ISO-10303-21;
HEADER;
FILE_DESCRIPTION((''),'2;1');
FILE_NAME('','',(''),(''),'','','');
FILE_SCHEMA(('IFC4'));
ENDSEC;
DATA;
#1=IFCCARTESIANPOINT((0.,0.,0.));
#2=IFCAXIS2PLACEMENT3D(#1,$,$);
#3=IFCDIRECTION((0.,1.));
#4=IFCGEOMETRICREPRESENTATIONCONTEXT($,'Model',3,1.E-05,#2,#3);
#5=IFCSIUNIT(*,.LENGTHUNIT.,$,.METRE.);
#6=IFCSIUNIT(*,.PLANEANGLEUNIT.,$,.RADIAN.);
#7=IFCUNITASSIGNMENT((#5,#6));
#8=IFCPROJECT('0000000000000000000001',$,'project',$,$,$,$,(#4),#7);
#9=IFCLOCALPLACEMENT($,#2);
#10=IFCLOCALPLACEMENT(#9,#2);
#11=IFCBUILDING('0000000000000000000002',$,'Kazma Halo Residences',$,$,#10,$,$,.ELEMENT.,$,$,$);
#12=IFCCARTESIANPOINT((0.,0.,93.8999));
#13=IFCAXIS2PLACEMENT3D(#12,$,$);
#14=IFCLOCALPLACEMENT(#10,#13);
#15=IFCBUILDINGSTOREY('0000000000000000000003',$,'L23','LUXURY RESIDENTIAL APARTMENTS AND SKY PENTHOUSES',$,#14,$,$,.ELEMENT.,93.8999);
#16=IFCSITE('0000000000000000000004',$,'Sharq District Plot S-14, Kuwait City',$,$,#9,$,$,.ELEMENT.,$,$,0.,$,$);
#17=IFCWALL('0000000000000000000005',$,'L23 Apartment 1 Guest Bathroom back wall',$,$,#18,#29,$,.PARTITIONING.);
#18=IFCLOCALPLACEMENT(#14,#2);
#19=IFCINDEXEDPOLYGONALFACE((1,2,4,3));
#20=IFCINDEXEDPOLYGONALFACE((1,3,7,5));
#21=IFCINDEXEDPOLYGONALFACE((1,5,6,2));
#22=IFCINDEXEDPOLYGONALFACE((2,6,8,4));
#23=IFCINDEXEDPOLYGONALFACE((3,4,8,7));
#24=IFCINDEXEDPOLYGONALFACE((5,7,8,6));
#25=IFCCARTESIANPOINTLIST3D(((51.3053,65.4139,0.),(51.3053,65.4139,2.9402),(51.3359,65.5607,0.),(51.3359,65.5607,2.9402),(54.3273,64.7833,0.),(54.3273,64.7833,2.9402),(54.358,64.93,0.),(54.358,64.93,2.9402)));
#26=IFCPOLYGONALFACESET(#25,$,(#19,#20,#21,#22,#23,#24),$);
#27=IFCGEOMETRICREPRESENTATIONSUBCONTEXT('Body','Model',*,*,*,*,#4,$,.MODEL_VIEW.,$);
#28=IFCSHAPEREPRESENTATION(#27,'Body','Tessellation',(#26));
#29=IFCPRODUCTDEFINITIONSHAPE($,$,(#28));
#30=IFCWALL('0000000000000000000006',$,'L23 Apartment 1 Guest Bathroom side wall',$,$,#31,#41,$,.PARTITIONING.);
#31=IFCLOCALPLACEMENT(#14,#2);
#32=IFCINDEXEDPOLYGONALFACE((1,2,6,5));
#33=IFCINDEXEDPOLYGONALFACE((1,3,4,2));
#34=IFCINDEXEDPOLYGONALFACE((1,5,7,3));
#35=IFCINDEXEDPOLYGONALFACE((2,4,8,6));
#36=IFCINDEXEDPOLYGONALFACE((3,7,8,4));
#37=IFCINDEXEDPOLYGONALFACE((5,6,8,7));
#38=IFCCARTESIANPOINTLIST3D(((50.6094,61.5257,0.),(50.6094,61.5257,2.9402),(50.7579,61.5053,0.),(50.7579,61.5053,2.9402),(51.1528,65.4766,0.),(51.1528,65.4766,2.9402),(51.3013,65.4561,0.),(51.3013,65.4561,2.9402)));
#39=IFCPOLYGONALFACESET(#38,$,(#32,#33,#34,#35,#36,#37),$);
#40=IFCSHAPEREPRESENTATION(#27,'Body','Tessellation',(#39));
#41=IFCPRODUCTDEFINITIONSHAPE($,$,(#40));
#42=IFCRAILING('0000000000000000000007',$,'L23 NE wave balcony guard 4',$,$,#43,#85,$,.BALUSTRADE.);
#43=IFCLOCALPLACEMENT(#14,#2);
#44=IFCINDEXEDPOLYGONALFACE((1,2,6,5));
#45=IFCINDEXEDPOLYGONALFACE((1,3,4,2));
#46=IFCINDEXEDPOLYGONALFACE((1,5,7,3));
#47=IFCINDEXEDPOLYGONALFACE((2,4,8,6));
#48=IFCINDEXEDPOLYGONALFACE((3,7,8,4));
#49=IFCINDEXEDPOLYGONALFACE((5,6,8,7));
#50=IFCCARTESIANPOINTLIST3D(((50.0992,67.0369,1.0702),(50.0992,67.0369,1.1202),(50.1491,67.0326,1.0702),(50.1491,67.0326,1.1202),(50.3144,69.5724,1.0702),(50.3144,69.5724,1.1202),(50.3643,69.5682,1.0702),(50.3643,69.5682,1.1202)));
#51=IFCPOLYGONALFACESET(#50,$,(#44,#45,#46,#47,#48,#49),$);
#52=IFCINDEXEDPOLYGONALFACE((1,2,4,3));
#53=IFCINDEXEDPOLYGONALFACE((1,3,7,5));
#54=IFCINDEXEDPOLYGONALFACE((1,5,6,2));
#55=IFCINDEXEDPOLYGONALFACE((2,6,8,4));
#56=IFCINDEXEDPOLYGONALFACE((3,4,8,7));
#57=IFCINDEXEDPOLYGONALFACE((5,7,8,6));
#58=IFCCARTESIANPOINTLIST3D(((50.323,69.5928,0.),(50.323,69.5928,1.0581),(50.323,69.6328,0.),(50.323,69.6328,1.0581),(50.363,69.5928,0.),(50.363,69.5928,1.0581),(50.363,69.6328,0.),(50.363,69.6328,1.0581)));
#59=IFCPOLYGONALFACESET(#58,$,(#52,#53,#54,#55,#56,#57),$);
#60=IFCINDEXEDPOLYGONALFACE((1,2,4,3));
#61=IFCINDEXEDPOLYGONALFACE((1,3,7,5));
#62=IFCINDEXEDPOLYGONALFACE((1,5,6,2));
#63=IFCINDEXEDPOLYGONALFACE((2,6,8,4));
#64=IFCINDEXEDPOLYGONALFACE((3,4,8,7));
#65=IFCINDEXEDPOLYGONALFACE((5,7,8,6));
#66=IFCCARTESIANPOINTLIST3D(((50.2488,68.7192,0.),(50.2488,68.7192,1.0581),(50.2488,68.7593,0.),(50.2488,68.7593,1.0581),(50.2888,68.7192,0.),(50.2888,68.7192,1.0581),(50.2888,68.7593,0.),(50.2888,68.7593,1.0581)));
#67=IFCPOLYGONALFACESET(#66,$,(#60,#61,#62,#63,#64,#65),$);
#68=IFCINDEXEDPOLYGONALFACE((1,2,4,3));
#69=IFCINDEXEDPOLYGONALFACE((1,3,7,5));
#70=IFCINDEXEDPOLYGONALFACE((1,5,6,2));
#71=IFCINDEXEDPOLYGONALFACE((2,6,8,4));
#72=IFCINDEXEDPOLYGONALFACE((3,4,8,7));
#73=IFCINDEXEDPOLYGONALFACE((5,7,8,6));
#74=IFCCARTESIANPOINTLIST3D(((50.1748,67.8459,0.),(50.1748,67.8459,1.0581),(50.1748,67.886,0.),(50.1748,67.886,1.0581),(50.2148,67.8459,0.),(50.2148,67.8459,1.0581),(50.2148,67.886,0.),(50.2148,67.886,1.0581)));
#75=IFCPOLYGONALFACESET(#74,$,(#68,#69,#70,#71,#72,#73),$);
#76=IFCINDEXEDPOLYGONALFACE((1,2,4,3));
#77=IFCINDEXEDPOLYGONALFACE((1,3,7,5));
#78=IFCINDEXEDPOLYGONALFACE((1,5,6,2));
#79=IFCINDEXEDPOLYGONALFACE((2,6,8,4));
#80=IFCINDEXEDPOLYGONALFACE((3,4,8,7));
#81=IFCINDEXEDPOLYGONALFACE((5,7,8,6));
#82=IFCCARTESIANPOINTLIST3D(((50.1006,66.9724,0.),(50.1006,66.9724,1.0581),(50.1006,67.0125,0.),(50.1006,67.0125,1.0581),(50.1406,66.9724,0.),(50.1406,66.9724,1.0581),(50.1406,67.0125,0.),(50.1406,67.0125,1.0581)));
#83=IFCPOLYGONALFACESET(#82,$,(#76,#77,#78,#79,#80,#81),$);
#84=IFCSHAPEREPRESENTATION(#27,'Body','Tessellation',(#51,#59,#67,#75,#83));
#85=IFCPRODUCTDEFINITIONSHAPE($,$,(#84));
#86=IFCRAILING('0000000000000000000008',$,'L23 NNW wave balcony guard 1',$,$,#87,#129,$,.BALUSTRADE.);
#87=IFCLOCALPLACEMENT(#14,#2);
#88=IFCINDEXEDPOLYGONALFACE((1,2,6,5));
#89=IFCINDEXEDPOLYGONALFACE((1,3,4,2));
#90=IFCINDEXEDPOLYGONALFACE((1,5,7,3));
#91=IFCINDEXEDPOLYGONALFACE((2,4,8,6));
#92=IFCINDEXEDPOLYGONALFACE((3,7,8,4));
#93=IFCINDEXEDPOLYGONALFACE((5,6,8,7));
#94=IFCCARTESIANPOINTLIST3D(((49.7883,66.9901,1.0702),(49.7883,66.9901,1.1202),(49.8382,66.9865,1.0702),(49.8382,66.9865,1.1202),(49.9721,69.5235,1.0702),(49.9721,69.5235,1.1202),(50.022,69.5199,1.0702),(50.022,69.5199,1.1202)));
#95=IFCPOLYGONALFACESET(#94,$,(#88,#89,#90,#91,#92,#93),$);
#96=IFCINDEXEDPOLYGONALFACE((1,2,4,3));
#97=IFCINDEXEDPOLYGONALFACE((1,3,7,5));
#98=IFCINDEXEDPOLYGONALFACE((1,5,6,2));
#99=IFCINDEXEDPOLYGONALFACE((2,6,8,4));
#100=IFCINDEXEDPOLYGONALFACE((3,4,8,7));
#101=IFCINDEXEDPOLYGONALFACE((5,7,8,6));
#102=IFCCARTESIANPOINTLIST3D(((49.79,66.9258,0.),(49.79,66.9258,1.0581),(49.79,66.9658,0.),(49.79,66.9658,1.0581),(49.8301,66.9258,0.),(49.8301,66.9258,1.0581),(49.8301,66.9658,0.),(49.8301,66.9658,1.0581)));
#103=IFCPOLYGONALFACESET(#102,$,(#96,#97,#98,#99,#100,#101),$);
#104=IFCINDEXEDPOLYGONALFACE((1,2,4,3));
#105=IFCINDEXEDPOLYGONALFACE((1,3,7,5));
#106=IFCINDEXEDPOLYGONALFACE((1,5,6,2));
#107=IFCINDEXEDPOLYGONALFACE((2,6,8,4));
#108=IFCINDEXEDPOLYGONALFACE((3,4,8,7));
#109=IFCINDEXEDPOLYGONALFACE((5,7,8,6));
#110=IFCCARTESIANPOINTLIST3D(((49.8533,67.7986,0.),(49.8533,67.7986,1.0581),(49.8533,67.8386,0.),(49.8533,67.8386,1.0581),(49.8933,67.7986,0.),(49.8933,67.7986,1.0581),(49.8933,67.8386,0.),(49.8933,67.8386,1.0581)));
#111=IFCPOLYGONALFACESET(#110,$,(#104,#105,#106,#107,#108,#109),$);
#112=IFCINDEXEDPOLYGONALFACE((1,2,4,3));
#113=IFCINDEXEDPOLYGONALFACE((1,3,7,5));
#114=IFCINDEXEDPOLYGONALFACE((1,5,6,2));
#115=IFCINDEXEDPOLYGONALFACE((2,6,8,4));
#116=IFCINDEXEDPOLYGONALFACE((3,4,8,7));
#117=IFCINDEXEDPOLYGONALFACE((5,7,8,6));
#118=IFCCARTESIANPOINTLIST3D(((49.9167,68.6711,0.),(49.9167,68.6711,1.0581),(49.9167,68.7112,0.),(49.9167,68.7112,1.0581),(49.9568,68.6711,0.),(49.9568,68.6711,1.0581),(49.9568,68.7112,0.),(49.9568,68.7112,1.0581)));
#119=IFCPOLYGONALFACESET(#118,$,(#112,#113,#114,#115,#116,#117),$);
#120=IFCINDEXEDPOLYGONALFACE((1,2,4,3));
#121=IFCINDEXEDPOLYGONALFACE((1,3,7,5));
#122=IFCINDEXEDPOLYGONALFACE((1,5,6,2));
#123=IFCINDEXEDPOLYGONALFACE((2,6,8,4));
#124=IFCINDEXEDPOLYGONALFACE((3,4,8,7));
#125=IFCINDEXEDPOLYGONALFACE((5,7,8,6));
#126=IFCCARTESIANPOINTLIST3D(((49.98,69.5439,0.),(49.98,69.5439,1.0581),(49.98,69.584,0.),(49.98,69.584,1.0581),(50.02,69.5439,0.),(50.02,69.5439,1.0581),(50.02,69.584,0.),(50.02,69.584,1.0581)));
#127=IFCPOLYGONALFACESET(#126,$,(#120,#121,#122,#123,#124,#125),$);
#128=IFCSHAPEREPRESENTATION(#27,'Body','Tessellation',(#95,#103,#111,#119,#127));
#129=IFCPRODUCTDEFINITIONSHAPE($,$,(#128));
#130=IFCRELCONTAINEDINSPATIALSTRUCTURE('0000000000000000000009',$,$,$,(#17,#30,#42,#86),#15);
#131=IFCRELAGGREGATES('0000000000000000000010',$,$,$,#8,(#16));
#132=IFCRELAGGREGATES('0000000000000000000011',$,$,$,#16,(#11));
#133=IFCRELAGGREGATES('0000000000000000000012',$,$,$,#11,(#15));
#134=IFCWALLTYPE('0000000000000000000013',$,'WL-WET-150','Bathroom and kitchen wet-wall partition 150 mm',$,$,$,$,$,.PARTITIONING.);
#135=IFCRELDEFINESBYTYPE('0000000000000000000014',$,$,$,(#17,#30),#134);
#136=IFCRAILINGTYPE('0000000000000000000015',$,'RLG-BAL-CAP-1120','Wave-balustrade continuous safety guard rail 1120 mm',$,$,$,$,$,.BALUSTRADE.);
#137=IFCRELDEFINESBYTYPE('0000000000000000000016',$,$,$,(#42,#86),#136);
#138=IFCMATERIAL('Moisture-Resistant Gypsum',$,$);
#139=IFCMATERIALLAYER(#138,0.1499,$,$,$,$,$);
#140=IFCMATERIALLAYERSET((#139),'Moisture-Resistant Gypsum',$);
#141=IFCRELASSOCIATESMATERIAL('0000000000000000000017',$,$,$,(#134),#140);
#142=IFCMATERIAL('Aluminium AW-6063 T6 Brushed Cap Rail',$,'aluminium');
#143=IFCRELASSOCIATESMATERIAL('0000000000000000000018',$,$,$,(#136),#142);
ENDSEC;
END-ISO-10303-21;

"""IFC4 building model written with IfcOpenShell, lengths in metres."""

from ifc_helpers import new_model, si_unit, direction, frame, frame_2d, origin, origin_2d, place, context, subcontext, project, spatial, rectangle, extrude, material, layer, layer_set, type_object, element, save


model = new_model("IFC4")

# Units and contexts
model_context = context("Model", 3, precision=1e-05, world=origin(), true_north=direction((0.0, 1.0)))
body_context = subcontext(model_context, "Body", "Model", "MODEL_VIEW")
ifc_project = project(units=[si_unit("LENGTHUNIT", "METRE"), si_unit("PLANEANGLEUNIT", "RADIAN")], contexts=[model_context])

# Site, building, storey
site_placement = place(None, origin())
site = spatial("IfcSite", under=ifc_project, at=site_placement, Name="Sharq District Plot S-14, Kuwait City", CompositionType="ELEMENT", RefElevation=0.0)
building_placement = place(site_placement, origin())
building = spatial("IfcBuilding", under=site, at=building_placement, Name="Kazma Halo Residences", CompositionType="ELEMENT")
storey_placement = place(building_placement, frame((0.0, 0.0, 93.8999)))
storey = spatial("IfcBuildingStorey", under=building, at=storey_placement, Name="L23", Description="LUXURY RESIDENTIAL APARTMENTS AND SKY PENTHOUSES", CompositionType="ELEMENT", Elevation=93.8999)

# Shared definitions
ifc_material_1 = material(Name="Moisture-Resistant Gypsum")
ifc_layer_1 = layer(ifc_material_1, 0.1499)
ifc_layer_set_1 = layer_set([ifc_layer_1], Name="Moisture-Resistant Gypsum")
wall_type_1 = type_object("IfcWallType", Name="WL-WET-150", Description="Bathroom and kitchen wet-wall partition 150 mm", PredefinedType="PARTITIONING", material=ifc_layer_set_1)

# Walls
wall_1_placement = place(storey_placement, frame((54.3425, 64.8567, 0.0), z_axis=(0.0, 0.0, 1.0), x_axis=(-0.978913, 0.204276, 0.0)))
element("IfcWall", 1, at=wall_1_placement, inside=storey, type_object=wall_type_1, Name="L23 Apartment 1 Guest Bathroom back wall", PredefinedType="PARTITIONING", context=body_context, shape_type="SweptSolid", body=[
    extrude(rectangle(XDim=3.0872, YDim=0.1499, at=frame_2d((1.5435, 0.0))), origin(), (0.0, 0.0, 1.0), 2.9402),
])
wall_2_placement = place(storey_placement, frame((50.6836, 61.5154, 0.0), z_axis=(0.0, 0.0, 1.0), x_axis=(0.136269, 0.990672, 0.0)))
element("IfcWall", 2, at=wall_2_placement, inside=storey, type_object=wall_type_1, Name="L23 Apartment 1 Guest Bathroom side wall", PredefinedType="PARTITIONING", context=body_context, shape_type="SweptSolid", body=[
    extrude(rectangle(XDim=3.988, YDim=0.1499, at=frame_2d((1.9941, 0.0))), origin(), (0.0, 0.0, 1.0), 2.9402),
])

# Railings
ifc_material_2 = material(Name="Aluminium AW-6063 T6 Brushed Cap Rail", Category="aluminium")
railing_type = type_object("IfcRailingType", Name="RLG-BAL-CAP-1120", Description="Wave-balustrade continuous safety guard rail 1120 mm", PredefinedType="BALUSTRADE", material=ifc_material_2)
railing_1_placement = place(storey_placement, frame((50.343, 69.6128, 0.0)))
element("IfcRailing", 3, at=railing_1_placement, inside=storey, type_object=railing_type, Name="L23 NE wave balcony guard 4", PredefinedType="BALUSTRADE", context=body_context, shape_type="SweptSolid", body=[
    extrude(rectangle(XDim=0.05, YDim=0.05, at=origin_2d()), frame((-0.0037, -0.0425, 1.0952), z_axis=(-0.084574, -0.996417, 0.0), x_axis=(0.996417, -0.084574, 0.0)), (0.0, 0.0, 1.0), 2.5447),
    extrude(rectangle(XDim=0.04, YDim=0.04, at=origin_2d()), origin(), (0.0, 0.0, 1.0), 1.0581),
    extrude(rectangle(XDim=0.04, YDim=0.04, at=origin_2d()), frame((-0.0742, -0.8735, 0.0)), (0.0, 0.0, 1.0), 1.0581),
    extrude(rectangle(XDim=0.04, YDim=0.04, at=origin_2d()), frame((-0.1482, -1.7468, 0.0)), (0.0, 0.0, 1.0), 1.0581),
    extrude(rectangle(XDim=0.04, YDim=0.04, at=origin_2d()), frame((-0.2224, -2.6204, 0.0)), (0.0, 0.0, 1.0), 1.0581),
])
railing_2_placement = place(storey_placement, frame((49.8101, 66.9458, 0.0)))
element("IfcRailing", 4, at=railing_2_placement, inside=storey, type_object=railing_type, Name="L23 NNW wave balcony guard 1", PredefinedType="BALUSTRADE", context=body_context, shape_type="SweptSolid", body=[
    extrude(rectangle(XDim=0.05, YDim=0.05, at=origin_2d()), frame((0.0032, 0.0425, 1.0952), z_axis=(0.072357, 0.997379, 0.0), x_axis=(-0.997379, 0.072357, 0.0)), (0.0, 0.0, 1.0), 2.54),
    extrude(rectangle(XDim=0.04, YDim=0.04, at=origin_2d()), origin(), (0.0, 0.0, 1.0), 1.0581),
    extrude(rectangle(XDim=0.04, YDim=0.04, at=origin_2d()), frame((0.0632, 0.8728, 0.0)), (0.0, 0.0, 1.0), 1.0581),
    extrude(rectangle(XDim=0.04, YDim=0.04, at=origin_2d()), frame((0.1267, 1.7454, 0.0)), (0.0, 0.0, 1.0), 1.0581),
    extrude(rectangle(XDim=0.04, YDim=0.04, at=origin_2d()), frame((0.1899, 2.6182, 0.0)), (0.0, 0.0, 1.0), 1.0581),
])

save(model, "model.ifc")
